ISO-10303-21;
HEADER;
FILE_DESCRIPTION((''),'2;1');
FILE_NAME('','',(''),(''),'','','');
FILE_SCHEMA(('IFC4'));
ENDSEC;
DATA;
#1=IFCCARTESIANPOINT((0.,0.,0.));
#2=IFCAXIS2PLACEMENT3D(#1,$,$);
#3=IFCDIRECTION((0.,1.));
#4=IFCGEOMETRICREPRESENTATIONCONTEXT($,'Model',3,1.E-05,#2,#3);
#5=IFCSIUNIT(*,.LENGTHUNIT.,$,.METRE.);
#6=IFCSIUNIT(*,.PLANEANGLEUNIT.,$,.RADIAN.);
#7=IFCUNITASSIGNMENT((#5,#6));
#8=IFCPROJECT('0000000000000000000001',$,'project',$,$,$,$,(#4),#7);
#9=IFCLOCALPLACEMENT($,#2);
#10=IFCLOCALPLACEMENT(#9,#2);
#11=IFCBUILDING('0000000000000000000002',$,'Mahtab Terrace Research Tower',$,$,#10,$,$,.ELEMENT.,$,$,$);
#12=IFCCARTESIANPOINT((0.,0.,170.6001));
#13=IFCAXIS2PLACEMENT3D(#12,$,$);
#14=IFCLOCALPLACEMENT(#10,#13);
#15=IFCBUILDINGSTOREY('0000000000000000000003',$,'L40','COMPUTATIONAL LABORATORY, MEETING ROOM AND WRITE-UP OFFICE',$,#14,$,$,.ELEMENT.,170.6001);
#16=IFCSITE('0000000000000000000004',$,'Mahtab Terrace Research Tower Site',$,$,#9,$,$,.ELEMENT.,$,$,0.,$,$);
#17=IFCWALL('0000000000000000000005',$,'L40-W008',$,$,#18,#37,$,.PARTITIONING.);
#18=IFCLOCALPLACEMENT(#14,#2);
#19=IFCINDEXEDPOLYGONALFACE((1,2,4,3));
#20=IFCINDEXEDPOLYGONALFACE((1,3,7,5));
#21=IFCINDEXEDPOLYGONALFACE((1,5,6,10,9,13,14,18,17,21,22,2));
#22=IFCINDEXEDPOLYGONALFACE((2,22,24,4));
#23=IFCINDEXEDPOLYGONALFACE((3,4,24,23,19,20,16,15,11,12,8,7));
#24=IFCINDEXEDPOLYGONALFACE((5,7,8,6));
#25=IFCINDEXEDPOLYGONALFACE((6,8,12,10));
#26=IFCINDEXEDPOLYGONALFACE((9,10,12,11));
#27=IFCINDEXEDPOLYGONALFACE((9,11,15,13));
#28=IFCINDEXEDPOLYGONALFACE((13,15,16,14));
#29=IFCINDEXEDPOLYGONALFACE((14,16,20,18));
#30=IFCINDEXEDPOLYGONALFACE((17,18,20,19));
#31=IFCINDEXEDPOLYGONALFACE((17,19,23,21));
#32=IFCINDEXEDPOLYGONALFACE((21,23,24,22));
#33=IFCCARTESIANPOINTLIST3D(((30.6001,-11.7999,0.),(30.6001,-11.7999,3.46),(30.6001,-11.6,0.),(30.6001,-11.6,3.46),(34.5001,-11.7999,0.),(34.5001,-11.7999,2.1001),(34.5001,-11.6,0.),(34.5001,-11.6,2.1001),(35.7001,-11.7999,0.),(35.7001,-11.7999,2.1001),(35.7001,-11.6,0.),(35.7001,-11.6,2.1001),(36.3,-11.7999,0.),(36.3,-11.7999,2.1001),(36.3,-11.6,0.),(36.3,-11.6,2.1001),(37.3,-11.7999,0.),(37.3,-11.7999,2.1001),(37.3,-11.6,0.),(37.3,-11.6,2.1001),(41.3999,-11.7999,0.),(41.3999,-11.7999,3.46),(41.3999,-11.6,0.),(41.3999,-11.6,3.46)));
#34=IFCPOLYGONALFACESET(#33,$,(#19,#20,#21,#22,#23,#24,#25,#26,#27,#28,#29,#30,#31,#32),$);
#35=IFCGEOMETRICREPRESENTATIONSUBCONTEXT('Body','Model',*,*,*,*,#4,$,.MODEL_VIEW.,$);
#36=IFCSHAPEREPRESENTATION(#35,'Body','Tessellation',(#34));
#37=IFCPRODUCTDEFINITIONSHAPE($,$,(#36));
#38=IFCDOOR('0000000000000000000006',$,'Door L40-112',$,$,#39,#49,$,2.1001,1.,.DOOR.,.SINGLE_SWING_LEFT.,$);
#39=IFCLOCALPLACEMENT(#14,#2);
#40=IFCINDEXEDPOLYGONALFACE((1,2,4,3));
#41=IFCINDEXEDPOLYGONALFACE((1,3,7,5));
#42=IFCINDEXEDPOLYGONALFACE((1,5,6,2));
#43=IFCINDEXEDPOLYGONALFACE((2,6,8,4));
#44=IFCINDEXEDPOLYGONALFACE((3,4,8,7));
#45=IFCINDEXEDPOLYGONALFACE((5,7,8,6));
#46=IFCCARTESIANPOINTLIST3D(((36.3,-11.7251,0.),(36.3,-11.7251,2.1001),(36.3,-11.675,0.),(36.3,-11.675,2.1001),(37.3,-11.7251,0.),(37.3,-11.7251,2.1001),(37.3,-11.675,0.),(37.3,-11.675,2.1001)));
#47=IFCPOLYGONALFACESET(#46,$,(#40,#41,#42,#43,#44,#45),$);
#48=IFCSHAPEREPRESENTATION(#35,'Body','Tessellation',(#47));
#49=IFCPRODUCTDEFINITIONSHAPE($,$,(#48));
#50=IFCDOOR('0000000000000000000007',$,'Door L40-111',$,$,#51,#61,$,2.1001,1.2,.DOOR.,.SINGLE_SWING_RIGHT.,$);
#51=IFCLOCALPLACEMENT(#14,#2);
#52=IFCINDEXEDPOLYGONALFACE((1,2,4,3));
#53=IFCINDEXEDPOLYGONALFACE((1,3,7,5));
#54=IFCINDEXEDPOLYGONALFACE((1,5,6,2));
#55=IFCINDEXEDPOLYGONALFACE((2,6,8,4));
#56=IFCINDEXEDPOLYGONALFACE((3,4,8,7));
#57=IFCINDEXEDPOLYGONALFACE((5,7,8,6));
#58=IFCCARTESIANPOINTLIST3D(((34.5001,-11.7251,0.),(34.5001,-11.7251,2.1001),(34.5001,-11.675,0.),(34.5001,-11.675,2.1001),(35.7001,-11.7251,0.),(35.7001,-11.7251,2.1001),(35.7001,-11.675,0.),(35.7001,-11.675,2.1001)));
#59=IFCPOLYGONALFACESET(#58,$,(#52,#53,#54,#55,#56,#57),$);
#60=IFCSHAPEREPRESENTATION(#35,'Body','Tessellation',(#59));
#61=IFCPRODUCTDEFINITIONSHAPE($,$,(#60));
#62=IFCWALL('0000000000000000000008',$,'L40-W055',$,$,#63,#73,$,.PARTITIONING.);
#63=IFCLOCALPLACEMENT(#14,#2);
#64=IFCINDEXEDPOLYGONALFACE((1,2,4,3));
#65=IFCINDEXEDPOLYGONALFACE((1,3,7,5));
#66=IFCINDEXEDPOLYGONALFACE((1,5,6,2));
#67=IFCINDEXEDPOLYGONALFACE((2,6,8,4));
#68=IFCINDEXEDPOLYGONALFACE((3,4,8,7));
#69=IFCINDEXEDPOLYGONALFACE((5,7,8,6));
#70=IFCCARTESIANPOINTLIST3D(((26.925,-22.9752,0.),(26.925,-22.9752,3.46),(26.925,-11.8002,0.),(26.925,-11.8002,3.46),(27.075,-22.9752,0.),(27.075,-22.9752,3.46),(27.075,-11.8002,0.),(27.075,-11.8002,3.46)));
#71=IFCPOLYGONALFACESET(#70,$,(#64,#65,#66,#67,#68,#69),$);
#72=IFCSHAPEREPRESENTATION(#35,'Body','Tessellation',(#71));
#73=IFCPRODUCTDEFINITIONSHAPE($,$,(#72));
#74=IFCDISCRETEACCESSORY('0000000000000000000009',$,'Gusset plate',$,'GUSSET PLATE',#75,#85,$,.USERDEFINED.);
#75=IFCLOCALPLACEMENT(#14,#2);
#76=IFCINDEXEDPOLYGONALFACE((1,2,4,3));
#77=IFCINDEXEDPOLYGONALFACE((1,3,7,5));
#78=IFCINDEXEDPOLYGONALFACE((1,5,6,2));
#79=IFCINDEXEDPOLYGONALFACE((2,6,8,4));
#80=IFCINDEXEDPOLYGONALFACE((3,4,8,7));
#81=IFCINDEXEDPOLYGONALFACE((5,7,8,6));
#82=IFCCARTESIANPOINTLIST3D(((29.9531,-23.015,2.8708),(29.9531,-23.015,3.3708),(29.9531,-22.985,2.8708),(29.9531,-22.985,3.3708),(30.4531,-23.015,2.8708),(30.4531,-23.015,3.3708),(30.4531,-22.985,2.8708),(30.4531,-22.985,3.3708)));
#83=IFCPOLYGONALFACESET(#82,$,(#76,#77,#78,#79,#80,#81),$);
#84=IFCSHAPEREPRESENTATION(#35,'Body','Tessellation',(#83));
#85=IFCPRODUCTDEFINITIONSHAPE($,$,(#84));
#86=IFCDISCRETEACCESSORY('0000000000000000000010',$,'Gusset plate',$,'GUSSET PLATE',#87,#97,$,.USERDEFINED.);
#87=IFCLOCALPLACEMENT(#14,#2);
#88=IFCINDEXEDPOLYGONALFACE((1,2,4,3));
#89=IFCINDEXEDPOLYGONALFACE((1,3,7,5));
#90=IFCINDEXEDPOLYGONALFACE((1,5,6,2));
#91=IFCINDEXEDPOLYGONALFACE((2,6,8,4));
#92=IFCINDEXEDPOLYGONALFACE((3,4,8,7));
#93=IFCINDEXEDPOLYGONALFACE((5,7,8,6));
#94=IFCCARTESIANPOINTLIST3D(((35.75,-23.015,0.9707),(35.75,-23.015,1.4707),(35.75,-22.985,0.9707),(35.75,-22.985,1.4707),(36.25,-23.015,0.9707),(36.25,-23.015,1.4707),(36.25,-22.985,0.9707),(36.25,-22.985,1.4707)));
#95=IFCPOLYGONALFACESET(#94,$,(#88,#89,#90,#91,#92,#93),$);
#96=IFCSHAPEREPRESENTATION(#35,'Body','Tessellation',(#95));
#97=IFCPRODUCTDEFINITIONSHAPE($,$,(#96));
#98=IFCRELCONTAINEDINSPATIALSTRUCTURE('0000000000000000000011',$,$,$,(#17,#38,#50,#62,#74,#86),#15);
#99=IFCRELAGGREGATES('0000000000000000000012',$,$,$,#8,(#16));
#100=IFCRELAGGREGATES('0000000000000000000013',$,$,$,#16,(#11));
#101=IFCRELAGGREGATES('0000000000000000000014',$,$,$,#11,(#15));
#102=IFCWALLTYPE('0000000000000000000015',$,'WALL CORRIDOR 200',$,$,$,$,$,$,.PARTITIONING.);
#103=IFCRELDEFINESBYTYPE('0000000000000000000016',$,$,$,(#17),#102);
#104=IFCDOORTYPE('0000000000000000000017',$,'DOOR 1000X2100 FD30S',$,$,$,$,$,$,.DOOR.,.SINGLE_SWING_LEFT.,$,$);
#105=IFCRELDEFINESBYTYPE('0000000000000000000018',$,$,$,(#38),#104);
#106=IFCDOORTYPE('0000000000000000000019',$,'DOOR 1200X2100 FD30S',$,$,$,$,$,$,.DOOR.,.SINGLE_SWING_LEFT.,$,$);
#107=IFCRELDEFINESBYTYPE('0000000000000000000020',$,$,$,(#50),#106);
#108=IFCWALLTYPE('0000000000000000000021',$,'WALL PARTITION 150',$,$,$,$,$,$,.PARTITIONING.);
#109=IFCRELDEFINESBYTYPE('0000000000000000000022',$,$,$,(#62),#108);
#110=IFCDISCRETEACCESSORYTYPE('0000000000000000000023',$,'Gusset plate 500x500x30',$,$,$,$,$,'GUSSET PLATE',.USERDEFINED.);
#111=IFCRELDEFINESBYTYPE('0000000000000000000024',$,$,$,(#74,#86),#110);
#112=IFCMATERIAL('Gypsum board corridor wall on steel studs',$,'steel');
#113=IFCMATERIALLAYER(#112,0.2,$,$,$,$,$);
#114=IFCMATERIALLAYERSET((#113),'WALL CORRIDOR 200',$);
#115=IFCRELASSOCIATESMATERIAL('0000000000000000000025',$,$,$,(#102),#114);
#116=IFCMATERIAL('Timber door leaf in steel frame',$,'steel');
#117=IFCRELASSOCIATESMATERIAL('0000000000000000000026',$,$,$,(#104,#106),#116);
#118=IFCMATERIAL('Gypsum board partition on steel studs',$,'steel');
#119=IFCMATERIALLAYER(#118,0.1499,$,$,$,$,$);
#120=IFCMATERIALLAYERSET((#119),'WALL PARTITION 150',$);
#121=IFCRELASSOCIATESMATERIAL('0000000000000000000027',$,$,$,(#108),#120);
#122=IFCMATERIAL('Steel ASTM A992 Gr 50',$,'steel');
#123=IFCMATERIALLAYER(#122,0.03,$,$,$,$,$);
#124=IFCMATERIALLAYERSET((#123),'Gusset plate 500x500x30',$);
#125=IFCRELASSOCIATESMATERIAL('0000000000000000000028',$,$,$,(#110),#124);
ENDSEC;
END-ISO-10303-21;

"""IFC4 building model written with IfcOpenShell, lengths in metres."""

from ifc_helpers import new_model, si_unit, direction, frame, frame_2d, origin, origin_2d, place, context, subcontext, project, spatial, rectangle, extrude, material, layer, layer_set, type_object, element, fill, save


model = new_model("IFC4")

# Units and contexts
model_context = context("Model", 3, precision=1e-05, world=origin(), true_north=direction((0.0, 1.0)))
body_context = subcontext(model_context, "Body", "Model", "MODEL_VIEW")
ifc_project = project(units=[si_unit("LENGTHUNIT", "METRE"), si_unit("PLANEANGLEUNIT", "RADIAN")], contexts=[model_context])

# Site, building, storey
site_placement = place(None, origin())
site = spatial("IfcSite", under=ifc_project, at=site_placement, Name="Mahtab Terrace Research Tower Site", CompositionType="ELEMENT", RefElevation=0.0)
building_placement = place(site_placement, origin())
building = spatial("IfcBuilding", under=site, at=building_placement, Name="Mahtab Terrace Research Tower", CompositionType="ELEMENT")
storey_placement = place(building_placement, frame((0.0, 0.0, 170.6001)))
storey = spatial("IfcBuildingStorey", under=building, at=storey_placement, Name="L40", Description="COMPUTATIONAL LABORATORY, MEETING ROOM AND WRITE-UP OFFICE", CompositionType="ELEMENT", Elevation=170.6001)

# Shared definitions
ifc_material_1 = material(Name="Steel ASTM A992 Gr 50", Category="steel")

# Wall, openings, doors
ifc_material_2 = material(Name="Gypsum board corridor wall on steel studs", Category="steel")
ifc_layer_1 = layer(ifc_material_2, 0.2)
ifc_layer_set_1 = layer_set([ifc_layer_1], Name="WALL CORRIDOR 200")
wall_type_1 = type_object("IfcWallType", Name="WALL CORRIDOR 200", PredefinedType="PARTITIONING", material=ifc_layer_set_1)
wall_1_placement = place(storey_placement, frame((30.6001, -11.7, 0.0), z_axis=(0.0, 0.0, 1.0), x_axis=(1.0, 0.0, 0.0)))
wall_1 = element("IfcWall", 1, at=wall_1_placement, inside=storey, type_object=wall_type_1, Name="L40-W008", PredefinedType="PARTITIONING", context=body_context, shape_type="SweptSolid", body=[
    extrude(rectangle(XDim=10.7998, YDim=0.2, at=frame_2d((5.3999, 0.0))), origin(), (0.0, 0.0, 1.0), 3.46),
])
opening_1_placement = place(wall_1_placement, frame((3.8999, 0.0, 0.0)))
opening_1 = element("IfcOpeningElement", 2, at=opening_1_placement, cuts=wall_1, PredefinedType="OPENING", context=body_context, shape_type="SweptSolid", body=[
    extrude(rectangle(XDim=1.2, YDim=2.1001, at=frame_2d((0.6001, 1.05))), frame((0.0, 0.1099, 0.0), z_axis=(0.0, -1.0, 0.0), x_axis=(1.0, 0.0, 0.0)), (0.0, 0.0, 1.0), 0.22),
])
opening_2_placement = place(wall_1_placement, frame((5.7, 0.0, 0.0)))
opening_2 = element("IfcOpeningElement", 3, at=opening_2_placement, cuts=wall_1, PredefinedType="OPENING", context=body_context, shape_type="SweptSolid", body=[
    extrude(rectangle(XDim=1.0, YDim=2.1001, at=frame_2d((0.5, 1.05))), frame((0.0, 0.1099, 0.0), z_axis=(0.0, -1.0, 0.0), x_axis=(1.0, 0.0, 0.0)), (0.0, 0.0, 1.0), 0.22),
])
ifc_material_3 = material(Name="Timber door leaf in steel frame", Category="steel")
door_type_1 = type_object("IfcDoorType", Name="DOOR 1000X2100 FD30S", OperationType="SINGLE_SWING_LEFT", PredefinedType="DOOR", material=ifc_material_3)
door_1_placement = place(opening_2_placement, origin())
door_1 = element("IfcDoor", 4, at=door_1_placement, inside=storey, type_object=door_type_1, Name="Door L40-112", OperationType="SINGLE_SWING_LEFT", OverallHeight=2.1001, OverallWidth=1.0, PredefinedType="DOOR", context=body_context, shape_type="SweptSolid", body=[
    extrude(rectangle(XDim=1.0, YDim=2.1001, at=frame_2d((0.5, 1.05))), frame((0.0, 0.0249, 0.0), z_axis=(0.0, -1.0, 0.0), x_axis=(1.0, 0.0, 0.0)), (0.0, 0.0, 1.0), 0.05),
])
fill(opening_2, door_1)
door_type_2 = type_object("IfcDoorType", Name="DOOR 1200X2100 FD30S", OperationType="SINGLE_SWING_LEFT", PredefinedType="DOOR", material=ifc_material_3)
door_2_placement = place(opening_1_placement, origin())
door_2 = element("IfcDoor", 5, at=door_2_placement, inside=storey, type_object=door_type_2, Name="Door L40-111", OperationType="SINGLE_SWING_RIGHT", OverallHeight=2.1001, OverallWidth=1.2, PredefinedType="DOOR", context=body_context, shape_type="SweptSolid", body=[
    extrude(rectangle(XDim=1.2, YDim=2.1001, at=frame_2d((0.6001, 1.05))), frame((0.0, 0.0249, 0.0), z_axis=(0.0, -1.0, 0.0), x_axis=(1.0, 0.0, 0.0)), (0.0, 0.0, 1.0), 0.05),
])
fill(opening_1, door_2)

# Wall
ifc_material_4 = material(Name="Gypsum board partition on steel studs", Category="steel")
ifc_layer_2 = layer(ifc_material_4, 0.1499)
ifc_layer_set_2 = layer_set([ifc_layer_2], Name="WALL PARTITION 150")
wall_type_2 = type_object("IfcWallType", Name="WALL PARTITION 150", PredefinedType="PARTITIONING", material=ifc_layer_set_2)
wall_2_placement = place(storey_placement, frame((27.0, -22.9751, 0.0), z_axis=(0.0, 0.0, 1.0), x_axis=(0.0, 1.0, 0.0)))
element("IfcWall", 6, at=wall_2_placement, inside=storey, type_object=wall_type_2, Name="L40-W055", PredefinedType="PARTITIONING", context=body_context, shape_type="SweptSolid", body=[
    extrude(rectangle(XDim=11.175, YDim=0.1499, at=frame_2d((5.5874, 0.0))), origin(), (0.0, 0.0, 1.0), 3.46),
])

# Discrete accessories
ifc_layer_3 = layer(ifc_material_1, 0.03)
ifc_layer_set_3 = layer_set([ifc_layer_3], Name="Gusset plate 500x500x30")
discrete_accessory_type = type_object("IfcDiscreteAccessoryType", Name="Gusset plate 500x500x30", ElementType="GUSSET PLATE", PredefinedType="USERDEFINED", material=ifc_layer_set_3)
for number, where, z_axis, x_axis, name in (
    (7, (30.2031, -23.0, 2.8708), (0.0, 0.0, 1.0), (1.0, 0.0, 0.0), "Gusset plate"),
    (8, (36.0, -23.0, 0.9707), (0.0, 0.0, 1.0), (1.0, 0.0, 0.0), "Gusset plate"),
):
    element("IfcDiscreteAccessory", number, at=place(storey_placement, frame(where, z_axis=z_axis, x_axis=x_axis)), inside=storey, type_object=discrete_accessory_type, Name=name, ObjectType="GUSSET PLATE", PredefinedType="USERDEFINED", context=body_context, shape_type="SweptSolid", body=[
        extrude(rectangle(XDim=0.5, YDim=0.03, at=origin_2d()), origin(), (0.0, 0.0, 1.0), 0.5),
    ])

save(model, "model.ifc")
